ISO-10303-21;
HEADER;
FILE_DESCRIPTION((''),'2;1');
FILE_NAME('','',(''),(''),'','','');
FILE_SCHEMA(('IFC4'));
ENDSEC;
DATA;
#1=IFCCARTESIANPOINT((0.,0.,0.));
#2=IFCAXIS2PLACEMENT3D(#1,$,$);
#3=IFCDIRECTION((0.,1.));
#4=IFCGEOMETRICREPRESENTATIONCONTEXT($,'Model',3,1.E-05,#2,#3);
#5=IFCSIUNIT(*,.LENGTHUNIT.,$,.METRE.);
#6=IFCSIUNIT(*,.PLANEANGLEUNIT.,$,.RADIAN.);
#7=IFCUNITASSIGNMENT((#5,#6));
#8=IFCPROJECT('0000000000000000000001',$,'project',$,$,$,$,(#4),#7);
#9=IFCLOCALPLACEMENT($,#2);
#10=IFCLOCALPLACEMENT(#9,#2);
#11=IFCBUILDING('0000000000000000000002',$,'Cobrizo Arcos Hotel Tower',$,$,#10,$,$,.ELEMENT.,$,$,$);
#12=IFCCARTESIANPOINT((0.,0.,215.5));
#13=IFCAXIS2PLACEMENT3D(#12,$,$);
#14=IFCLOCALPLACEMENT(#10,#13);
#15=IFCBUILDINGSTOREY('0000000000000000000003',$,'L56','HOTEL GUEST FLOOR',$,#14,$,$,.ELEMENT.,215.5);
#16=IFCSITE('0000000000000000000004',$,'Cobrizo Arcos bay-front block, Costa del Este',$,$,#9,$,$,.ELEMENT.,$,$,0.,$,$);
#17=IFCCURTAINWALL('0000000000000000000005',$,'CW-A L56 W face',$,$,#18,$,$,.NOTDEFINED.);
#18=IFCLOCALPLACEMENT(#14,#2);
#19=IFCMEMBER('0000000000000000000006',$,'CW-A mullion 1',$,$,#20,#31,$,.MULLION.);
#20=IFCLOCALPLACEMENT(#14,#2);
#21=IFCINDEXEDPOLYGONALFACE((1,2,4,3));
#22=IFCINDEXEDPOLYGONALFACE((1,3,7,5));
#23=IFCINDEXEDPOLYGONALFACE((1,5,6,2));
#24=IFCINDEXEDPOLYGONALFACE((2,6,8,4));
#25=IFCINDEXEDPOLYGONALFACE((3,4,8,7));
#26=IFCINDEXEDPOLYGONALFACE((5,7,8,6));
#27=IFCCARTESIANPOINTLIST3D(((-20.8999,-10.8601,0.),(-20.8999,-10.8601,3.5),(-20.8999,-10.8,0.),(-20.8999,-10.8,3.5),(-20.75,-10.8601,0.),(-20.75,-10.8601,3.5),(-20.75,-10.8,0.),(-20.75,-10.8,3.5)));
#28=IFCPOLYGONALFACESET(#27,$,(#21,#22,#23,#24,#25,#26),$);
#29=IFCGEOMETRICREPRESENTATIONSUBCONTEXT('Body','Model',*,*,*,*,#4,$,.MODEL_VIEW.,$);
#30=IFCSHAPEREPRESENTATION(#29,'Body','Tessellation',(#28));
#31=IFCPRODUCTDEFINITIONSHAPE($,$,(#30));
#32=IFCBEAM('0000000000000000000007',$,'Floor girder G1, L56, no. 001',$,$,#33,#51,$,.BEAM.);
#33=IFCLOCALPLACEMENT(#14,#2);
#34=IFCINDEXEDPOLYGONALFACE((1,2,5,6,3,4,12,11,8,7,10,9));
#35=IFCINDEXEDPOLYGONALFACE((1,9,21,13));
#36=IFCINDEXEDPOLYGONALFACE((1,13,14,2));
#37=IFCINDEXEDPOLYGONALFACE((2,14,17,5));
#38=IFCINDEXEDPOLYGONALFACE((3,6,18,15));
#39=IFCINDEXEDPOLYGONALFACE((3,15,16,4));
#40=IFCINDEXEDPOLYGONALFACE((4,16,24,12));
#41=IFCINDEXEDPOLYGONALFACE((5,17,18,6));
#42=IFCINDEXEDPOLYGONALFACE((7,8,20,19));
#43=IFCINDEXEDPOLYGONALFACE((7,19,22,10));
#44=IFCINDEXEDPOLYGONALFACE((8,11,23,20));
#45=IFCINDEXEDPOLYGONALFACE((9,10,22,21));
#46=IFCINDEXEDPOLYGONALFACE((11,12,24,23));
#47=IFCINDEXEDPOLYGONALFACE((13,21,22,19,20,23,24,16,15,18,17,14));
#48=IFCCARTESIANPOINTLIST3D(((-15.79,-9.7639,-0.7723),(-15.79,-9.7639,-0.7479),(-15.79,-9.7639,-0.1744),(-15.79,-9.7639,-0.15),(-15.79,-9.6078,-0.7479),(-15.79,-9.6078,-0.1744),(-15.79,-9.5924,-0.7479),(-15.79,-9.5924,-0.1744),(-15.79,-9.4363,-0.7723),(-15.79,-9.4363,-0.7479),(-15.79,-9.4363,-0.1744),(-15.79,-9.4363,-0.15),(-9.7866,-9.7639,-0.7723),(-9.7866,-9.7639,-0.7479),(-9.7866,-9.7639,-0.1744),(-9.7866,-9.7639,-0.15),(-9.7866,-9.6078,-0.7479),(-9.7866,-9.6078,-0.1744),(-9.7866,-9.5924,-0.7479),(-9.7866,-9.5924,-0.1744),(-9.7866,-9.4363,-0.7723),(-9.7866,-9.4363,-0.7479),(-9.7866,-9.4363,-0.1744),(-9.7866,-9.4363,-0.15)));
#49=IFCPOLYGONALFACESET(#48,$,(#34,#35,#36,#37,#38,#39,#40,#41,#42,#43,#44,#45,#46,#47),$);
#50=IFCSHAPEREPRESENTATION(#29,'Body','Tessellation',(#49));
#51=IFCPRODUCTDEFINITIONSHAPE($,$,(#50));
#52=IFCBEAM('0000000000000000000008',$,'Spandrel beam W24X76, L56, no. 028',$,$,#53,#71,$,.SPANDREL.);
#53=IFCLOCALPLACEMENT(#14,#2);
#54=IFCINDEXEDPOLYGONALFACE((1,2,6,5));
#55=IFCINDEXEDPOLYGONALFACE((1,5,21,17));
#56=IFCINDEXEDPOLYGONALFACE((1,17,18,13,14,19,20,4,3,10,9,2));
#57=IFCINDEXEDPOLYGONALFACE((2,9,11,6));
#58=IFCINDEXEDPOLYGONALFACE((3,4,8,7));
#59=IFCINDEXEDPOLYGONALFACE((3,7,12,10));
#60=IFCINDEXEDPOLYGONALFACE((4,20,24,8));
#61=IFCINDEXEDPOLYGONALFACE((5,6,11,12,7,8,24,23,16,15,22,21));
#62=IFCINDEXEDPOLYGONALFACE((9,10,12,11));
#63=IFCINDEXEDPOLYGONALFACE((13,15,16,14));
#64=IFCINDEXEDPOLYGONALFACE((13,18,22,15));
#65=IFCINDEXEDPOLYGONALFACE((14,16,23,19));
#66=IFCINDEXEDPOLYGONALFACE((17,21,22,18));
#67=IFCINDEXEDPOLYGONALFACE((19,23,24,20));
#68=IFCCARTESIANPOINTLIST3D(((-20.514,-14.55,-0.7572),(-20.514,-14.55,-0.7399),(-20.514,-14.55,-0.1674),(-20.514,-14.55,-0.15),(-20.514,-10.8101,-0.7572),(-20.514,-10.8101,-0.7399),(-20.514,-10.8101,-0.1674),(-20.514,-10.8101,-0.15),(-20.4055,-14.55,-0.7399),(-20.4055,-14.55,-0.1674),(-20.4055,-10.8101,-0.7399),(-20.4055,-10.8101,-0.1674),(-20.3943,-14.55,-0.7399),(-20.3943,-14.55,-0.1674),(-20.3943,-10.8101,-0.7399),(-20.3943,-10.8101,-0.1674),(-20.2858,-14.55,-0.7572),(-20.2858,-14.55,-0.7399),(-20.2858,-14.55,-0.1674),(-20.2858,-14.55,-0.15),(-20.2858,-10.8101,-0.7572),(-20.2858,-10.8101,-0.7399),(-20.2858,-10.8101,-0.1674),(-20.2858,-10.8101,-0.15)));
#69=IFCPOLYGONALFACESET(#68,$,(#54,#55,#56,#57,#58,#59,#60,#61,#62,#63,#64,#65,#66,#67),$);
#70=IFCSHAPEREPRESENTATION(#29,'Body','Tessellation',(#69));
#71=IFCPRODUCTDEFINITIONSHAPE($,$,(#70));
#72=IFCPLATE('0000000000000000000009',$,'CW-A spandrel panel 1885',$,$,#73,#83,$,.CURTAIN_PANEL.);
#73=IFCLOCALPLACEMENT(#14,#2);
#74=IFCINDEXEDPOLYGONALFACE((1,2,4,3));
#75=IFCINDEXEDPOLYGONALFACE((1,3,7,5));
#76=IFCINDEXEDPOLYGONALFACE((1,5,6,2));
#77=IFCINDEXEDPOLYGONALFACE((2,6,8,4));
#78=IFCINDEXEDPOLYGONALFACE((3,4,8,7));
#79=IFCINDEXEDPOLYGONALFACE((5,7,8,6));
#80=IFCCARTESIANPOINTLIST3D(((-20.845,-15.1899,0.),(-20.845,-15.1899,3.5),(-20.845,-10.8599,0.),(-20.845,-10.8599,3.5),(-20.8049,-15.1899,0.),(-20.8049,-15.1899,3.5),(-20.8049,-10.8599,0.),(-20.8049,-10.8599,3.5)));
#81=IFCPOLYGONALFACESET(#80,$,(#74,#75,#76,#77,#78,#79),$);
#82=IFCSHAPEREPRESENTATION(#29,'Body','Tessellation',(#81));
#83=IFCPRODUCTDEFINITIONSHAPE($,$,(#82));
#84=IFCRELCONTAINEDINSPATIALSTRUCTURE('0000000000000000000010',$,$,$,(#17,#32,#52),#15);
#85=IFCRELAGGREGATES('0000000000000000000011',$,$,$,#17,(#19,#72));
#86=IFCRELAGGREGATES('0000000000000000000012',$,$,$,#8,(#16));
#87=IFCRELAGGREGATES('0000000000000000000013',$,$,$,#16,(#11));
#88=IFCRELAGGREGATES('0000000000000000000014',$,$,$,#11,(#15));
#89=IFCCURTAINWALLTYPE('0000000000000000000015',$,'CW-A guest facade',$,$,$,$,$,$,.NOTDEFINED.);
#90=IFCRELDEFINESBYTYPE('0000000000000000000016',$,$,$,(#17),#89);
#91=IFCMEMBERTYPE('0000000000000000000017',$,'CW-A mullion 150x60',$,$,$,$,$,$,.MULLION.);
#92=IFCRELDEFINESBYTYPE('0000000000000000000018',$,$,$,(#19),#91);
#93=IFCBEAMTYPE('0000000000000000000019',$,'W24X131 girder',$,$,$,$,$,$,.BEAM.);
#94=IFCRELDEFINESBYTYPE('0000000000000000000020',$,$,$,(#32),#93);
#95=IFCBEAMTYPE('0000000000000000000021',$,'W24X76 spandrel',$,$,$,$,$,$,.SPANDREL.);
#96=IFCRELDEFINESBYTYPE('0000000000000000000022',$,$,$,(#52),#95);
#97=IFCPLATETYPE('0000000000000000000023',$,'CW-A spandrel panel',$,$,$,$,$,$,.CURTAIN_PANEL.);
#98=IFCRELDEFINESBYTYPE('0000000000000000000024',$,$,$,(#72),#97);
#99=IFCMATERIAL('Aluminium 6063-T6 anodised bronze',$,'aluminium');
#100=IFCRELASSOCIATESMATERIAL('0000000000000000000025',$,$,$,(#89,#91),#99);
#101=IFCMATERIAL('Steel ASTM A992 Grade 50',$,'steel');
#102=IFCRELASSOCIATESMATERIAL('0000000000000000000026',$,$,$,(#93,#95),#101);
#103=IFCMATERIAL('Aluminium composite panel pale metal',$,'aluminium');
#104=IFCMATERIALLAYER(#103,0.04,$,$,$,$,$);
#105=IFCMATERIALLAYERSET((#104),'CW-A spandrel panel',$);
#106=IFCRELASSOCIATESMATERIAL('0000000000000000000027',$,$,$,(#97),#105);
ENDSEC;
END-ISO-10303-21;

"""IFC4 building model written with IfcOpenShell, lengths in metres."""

from ifc_helpers import new_model, si_unit, direction, frame, origin, origin_2d, place, context, subcontext, project, spatial, rectangle, i_section, extrude, material, layer, layer_set, material_profile, profile_set, type_object, element, aggregate, save


model = new_model("IFC4")

# Units and contexts
model_context = context("Model", 3, precision=1e-05, world=origin(), true_north=direction((0.0, 1.0)))
body_context = subcontext(model_context, "Body", "Model", "MODEL_VIEW")
ifc_project = project(units=[si_unit("LENGTHUNIT", "METRE"), si_unit("PLANEANGLEUNIT", "RADIAN")], contexts=[model_context])

# Site, building, storey
site_placement = place(None, origin())
site = spatial("IfcSite", under=ifc_project, at=site_placement, Name="Cobrizo Arcos bay-front block, Costa del Este", CompositionType="ELEMENT", RefElevation=0.0)
building_placement = place(site_placement, origin())
building = spatial("IfcBuilding", under=site, at=building_placement, Name="Cobrizo Arcos Hotel Tower", CompositionType="ELEMENT")
storey_placement = place(building_placement, frame((0.0, 0.0, 215.5)))
storey = spatial("IfcBuildingStorey", under=building, at=storey_placement, Name="L56", Description="HOTEL GUEST FLOOR", CompositionType="ELEMENT", Elevation=215.5)

# Curtain wall, member
ifc_material_1 = material(Name="Aluminium 6063-T6 anodised bronze", Category="aluminium")
curtain_wall_type = type_object("IfcCurtainWallType", Name="CW-A guest facade", PredefinedType="NOTDEFINED", material=ifc_material_1)
curtain_wall_placement = place(storey_placement, origin())
curtain_wall = element("IfcCurtainWall", 1, at=curtain_wall_placement, inside=storey, type_object=curtain_wall_type, Name="CW-A L56 W face", PredefinedType="NOTDEFINED")
ifc_material_profile_1 = material_profile(ifc_material_1, rectangle(XDim=0.1499, YDim=0.0601, at=origin_2d()), Name="CW-A mullion 150x60")
ifc_profile_set_1 = profile_set([ifc_material_profile_1], Name="Aluminium 6063-T6 anodised bronze")
member_type = type_object("IfcMemberType", Name="CW-A mullion 150x60", PredefinedType="MULLION", material=ifc_profile_set_1)
member_placement = place(storey_placement, frame((-20.825, -10.8301, 0.0), z_axis=(0.0, 0.0, 1.0), x_axis=(-1.0, 0.0, 0.0)))
member = element("IfcMember", 2, at=member_placement, type_object=member_type, Name="CW-A mullion 1", PredefinedType="MULLION", context=body_context, shape_type="SweptSolid", body=[
    extrude(rectangle(XDim=0.1499, YDim=0.0601, at=origin_2d()), origin(), (0.0, 0.0, 1.0), 3.5),
])

# Beams
ifc_material_2 = material(Name="Steel ASTM A992 Grade 50", Category="steel")
ifc_material_profile_2 = material_profile(ifc_material_2, i_section(OverallWidth=0.3276, OverallDepth=0.6223, WebThickness=0.0154, FlangeThickness=0.0244, at=origin_2d()), Name="W24X131")
ifc_profile_set_2 = profile_set([ifc_material_profile_2], Name="Steel ASTM A992 Grade 50")
beam_type_1 = type_object("IfcBeamType", Name="W24X131 girder", PredefinedType="BEAM", material=ifc_profile_set_2)
beam_1_placement = place(storey_placement, frame((-15.79, -9.6001, -0.4612), z_axis=(1.0, 0.0, 0.0), x_axis=(0.0, 1.0, 0.0)))
element("IfcBeam", 3, at=beam_1_placement, inside=storey, type_object=beam_type_1, Name="Floor girder G1, L56, no. 001", PredefinedType="BEAM", context=body_context, shape_type="SweptSolid", body=[
    extrude(i_section(OverallWidth=0.3276, OverallDepth=0.6223, WebThickness=0.0154, FlangeThickness=0.0244, at=origin_2d()), origin(), (0.0, 0.0, 1.0), 6.0034),
])
ifc_material_profile_3 = material_profile(ifc_material_2, i_section(OverallWidth=0.2283, OverallDepth=0.6072, WebThickness=0.0112, FlangeThickness=0.0173, at=origin_2d()), Name="W24X76")
ifc_profile_set_3 = profile_set([ifc_material_profile_3], Name="Steel ASTM A992 Grade 50")
beam_type_2 = type_object("IfcBeamType", Name="W24X76 spandrel", PredefinedType="SPANDREL", material=ifc_profile_set_3)
beam_2_placement = place(storey_placement, frame((-20.3999, -10.8101, -0.4536), z_axis=(0.0, -1.0, 0.0), x_axis=(1.0, 0.0, 0.0)))
element("IfcBeam", 4, at=beam_2_placement, inside=storey, type_object=beam_type_2, Name="Spandrel beam W24X76, L56, no. 028", PredefinedType="SPANDREL", context=body_context, shape_type="SweptSolid", body=[
    extrude(i_section(OverallWidth=0.2283, OverallDepth=0.6072, WebThickness=0.0112, FlangeThickness=0.0173, at=origin_2d()), origin(), (0.0, 0.0, 1.0), 3.74),
])

# Plate
ifc_material_3 = material(Name="Aluminium composite panel pale metal", Category="aluminium")
ifc_layer_1 = layer(ifc_material_3, 0.04)
ifc_layer_set_1 = layer_set([ifc_layer_1], Name="CW-A spandrel panel")
plate_type = type_object("IfcPlateType", Name="CW-A spandrel panel", PredefinedType="CURTAIN_PANEL", material=ifc_layer_set_1)
plate_placement = place(storey_placement, frame((-20.825, -13.0249, 0.0), z_axis=(0.0, 0.0, 1.0), x_axis=(0.0, -1.0, 0.0)))
plate = element("IfcPlate", 5, at=plate_placement, type_object=plate_type, Name="CW-A spandrel panel 1885", PredefinedType="CURTAIN_PANEL", context=body_context, shape_type="SweptSolid", body=[
    extrude(rectangle(XDim=4.3301, YDim=0.04, at=origin_2d()), origin(), (0.0, 0.0, 1.0), 3.5),
])
aggregate(curtain_wall, [member, plate])

save(model, "model.ifc")
